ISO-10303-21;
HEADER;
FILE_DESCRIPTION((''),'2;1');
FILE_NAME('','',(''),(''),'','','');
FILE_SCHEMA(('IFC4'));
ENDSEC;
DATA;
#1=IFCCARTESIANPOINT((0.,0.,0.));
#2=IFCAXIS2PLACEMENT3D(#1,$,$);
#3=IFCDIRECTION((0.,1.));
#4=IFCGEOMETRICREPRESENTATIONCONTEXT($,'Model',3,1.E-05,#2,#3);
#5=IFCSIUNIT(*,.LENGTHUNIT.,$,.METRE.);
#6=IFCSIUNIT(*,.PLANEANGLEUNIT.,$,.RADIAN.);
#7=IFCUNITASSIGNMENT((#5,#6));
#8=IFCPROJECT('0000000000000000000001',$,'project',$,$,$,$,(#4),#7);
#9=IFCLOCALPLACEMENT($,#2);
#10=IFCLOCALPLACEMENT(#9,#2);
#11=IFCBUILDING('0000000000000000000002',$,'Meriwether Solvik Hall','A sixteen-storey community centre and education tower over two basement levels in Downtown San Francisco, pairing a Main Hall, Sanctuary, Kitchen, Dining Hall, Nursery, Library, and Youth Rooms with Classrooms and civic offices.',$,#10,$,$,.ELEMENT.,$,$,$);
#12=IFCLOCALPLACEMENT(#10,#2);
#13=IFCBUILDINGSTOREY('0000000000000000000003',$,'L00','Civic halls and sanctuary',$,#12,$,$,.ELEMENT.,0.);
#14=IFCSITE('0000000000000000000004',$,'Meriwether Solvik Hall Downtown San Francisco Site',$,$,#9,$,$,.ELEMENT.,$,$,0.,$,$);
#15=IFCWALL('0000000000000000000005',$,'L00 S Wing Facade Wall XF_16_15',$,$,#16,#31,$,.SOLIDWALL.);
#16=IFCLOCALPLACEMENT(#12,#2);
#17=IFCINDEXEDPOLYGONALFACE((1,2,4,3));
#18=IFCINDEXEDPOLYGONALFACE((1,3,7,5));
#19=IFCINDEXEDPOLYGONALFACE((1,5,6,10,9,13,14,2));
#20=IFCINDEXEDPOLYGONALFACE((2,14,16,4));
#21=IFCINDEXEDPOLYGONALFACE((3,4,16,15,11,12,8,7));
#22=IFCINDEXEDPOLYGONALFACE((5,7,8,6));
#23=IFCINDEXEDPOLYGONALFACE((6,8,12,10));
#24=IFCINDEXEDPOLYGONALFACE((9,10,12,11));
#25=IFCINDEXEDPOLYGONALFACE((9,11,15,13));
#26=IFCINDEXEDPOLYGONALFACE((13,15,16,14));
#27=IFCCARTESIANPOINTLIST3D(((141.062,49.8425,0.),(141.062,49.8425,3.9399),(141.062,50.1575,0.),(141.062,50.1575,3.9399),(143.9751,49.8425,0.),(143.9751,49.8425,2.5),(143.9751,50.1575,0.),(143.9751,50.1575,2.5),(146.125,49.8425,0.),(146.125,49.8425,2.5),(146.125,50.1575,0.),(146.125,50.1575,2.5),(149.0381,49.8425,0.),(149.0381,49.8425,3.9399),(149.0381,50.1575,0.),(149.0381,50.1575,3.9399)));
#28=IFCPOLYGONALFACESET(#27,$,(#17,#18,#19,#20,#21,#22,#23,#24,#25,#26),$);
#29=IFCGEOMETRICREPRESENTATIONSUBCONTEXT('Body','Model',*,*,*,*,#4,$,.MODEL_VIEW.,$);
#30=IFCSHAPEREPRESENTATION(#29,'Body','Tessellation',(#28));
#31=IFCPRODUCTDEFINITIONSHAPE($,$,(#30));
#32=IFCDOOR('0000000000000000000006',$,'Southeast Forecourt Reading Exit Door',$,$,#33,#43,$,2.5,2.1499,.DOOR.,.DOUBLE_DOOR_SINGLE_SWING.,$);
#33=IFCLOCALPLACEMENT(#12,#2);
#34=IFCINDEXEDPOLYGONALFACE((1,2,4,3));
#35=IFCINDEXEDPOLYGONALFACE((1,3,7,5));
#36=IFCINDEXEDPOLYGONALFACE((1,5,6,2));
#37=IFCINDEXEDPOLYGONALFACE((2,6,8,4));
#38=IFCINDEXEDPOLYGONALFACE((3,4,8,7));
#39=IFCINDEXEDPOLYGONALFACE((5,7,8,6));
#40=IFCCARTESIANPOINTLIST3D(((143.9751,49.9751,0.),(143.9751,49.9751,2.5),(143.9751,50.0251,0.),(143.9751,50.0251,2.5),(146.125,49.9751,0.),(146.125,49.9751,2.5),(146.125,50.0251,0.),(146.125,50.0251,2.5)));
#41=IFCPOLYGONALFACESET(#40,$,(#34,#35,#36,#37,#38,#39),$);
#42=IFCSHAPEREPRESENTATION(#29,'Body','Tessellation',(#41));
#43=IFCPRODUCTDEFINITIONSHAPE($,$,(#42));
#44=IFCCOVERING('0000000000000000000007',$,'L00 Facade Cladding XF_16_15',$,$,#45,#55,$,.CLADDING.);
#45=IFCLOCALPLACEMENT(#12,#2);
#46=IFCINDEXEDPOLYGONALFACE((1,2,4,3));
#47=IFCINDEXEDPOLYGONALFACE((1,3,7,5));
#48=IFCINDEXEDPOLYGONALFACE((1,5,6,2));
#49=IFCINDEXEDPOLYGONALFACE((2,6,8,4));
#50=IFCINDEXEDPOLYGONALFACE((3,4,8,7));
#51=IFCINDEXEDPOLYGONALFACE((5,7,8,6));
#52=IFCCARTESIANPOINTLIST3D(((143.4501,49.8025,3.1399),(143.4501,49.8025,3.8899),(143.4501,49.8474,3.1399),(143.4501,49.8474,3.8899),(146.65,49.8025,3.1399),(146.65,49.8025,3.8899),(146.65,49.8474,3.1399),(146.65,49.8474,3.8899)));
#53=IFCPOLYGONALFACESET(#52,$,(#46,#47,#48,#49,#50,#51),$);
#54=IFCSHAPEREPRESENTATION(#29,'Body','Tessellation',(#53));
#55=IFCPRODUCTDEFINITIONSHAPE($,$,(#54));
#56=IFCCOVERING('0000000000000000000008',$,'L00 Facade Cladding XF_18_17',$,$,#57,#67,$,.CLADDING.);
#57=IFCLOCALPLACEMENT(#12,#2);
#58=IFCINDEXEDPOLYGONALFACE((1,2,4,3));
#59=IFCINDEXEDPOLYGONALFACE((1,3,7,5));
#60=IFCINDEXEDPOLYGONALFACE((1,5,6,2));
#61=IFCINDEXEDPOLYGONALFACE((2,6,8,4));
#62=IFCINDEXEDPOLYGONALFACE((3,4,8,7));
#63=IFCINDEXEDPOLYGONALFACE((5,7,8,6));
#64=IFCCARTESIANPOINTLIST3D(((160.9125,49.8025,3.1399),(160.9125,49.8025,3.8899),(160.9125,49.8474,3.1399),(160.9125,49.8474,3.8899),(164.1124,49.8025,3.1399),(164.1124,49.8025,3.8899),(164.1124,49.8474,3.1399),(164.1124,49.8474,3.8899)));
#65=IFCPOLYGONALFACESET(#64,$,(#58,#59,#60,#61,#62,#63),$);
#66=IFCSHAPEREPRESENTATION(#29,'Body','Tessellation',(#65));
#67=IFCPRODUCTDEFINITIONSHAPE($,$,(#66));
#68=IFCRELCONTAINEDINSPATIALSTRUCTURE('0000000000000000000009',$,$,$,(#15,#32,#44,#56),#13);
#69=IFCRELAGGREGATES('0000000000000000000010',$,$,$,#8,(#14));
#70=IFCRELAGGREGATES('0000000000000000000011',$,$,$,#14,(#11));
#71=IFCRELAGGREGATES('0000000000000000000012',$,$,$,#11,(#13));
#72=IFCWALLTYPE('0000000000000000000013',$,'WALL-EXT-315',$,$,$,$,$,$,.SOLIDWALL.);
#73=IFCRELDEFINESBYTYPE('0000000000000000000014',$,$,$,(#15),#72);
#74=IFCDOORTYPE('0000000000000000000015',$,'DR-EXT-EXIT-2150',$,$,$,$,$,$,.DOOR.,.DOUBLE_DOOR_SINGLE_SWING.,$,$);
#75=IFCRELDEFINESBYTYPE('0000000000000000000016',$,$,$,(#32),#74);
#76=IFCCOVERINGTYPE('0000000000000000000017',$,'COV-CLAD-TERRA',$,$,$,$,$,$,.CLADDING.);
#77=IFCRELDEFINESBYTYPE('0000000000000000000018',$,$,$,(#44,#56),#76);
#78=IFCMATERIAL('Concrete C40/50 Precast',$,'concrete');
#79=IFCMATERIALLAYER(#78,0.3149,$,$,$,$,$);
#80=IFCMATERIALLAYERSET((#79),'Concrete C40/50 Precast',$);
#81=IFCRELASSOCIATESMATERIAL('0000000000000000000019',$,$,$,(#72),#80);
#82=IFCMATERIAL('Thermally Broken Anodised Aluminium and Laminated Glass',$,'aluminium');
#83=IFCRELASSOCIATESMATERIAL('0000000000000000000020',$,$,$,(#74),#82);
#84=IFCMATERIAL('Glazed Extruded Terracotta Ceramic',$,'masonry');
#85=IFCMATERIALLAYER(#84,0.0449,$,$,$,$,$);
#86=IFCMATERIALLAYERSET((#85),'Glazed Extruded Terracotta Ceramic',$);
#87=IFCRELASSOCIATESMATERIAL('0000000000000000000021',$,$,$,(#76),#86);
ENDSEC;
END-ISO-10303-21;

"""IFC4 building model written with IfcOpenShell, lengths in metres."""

from ifc_helpers import new_model, si_unit, direction, frame, frame_2d, origin, origin_2d, place, context, subcontext, project, spatial, rectangle, extrude, material, layer, layer_set, type_object, element, fill, save


model = new_model("IFC4")

# Units and contexts
model_context = context("Model", 3, precision=1e-05, world=origin(), true_north=direction((0.0, 1.0)))
body_context = subcontext(model_context, "Body", "Model", "MODEL_VIEW")
ifc_project = project(units=[si_unit("LENGTHUNIT", "METRE"), si_unit("PLANEANGLEUNIT", "RADIAN")], contexts=[model_context])

# Site, building, storey
site_placement = place(None, origin())
site = spatial("IfcSite", under=ifc_project, at=site_placement, Name="Meriwether Solvik Hall Downtown San Francisco Site", CompositionType="ELEMENT", RefElevation=0.0)
building_placement = place(site_placement, origin())
building = spatial("IfcBuilding", under=site, at=building_placement, Name="Meriwether Solvik Hall", Description="A sixteen-storey community centre and education tower over two basement levels in Downtown San Francisco, pairing a Main Hall, Sanctuary, Kitchen, Dining Hall, Nursery, Library, and Youth Rooms with Classrooms and civic offices.", CompositionType="ELEMENT")
storey_placement = place(building_placement, origin())
storey = spatial("IfcBuildingStorey", under=building, at=storey_placement, Name="L00", Description="Civic halls and sanctuary", CompositionType="ELEMENT", Elevation=0.0)

# Wall, opening, door
ifc_material_1 = material(Name="Concrete C40/50 Precast", Category="concrete")
ifc_layer_1 = layer(ifc_material_1, 0.3149)
ifc_layer_set_1 = layer_set([ifc_layer_1], Name="Concrete C40/50 Precast")
wall_type = type_object("IfcWallType", Name="WALL-EXT-315", PredefinedType="SOLIDWALL", material=ifc_layer_set_1)
wall_placement = place(storey_placement, frame((149.0381, 50.0, 0.0), z_axis=(0.0, 0.0, 1.0), x_axis=(-1.0, 0.0, 0.0)))
wall = element("IfcWall", 1, at=wall_placement, inside=storey, type_object=wall_type, Name="L00 S Wing Facade Wall XF_16_15", PredefinedType="SOLIDWALL", context=body_context, shape_type="SweptSolid", body=[
    extrude(rectangle(XDim=7.9761, YDim=0.3149, at=frame_2d((3.988, 0.0))), origin(), (0.0, 0.0, 1.0), 3.9399),
])
opening_placement = place(wall_placement, frame((2.9131, 0.0, 0.0)))
opening = element("IfcOpeningElement", 2, at=opening_placement, cuts=wall, PredefinedType="OPENING", context=body_context, shape_type="SweptSolid", body=[
    extrude(rectangle(XDim=2.1499, YDim=2.5, at=frame_2d((1.075, 1.25))), frame((0.0, 0.1694, 0.0), z_axis=(0.0, -1.0, 0.0), x_axis=(1.0, 0.0, 0.0)), (0.0, 0.0, 1.0), 0.3389),
])
ifc_material_2 = material(Name="Thermally Broken Anodised Aluminium and Laminated Glass", Category="aluminium")
door_type = type_object("IfcDoorType", Name="DR-EXT-EXIT-2150", OperationType="DOUBLE_DOOR_SINGLE_SWING", PredefinedType="DOOR", material=ifc_material_2)
door_placement = place(opening_placement, origin())
door = element("IfcDoor", 3, at=door_placement, inside=storey, type_object=door_type, Name="Southeast Forecourt Reading Exit Door", OperationType="DOUBLE_DOOR_SINGLE_SWING", OverallHeight=2.5, OverallWidth=2.1499, PredefinedType="DOOR", context=body_context, shape_type="SweptSolid", body=[
    extrude(rectangle(XDim=2.1499, YDim=2.5, at=frame_2d((1.075, 1.25))), frame((0.0, 0.0249, 0.0), z_axis=(0.0, -1.0, 0.0), x_axis=(1.0, 0.0, 0.0)), (0.0, 0.0, 1.0), 0.05),
])
fill(opening, door)

# Coverings
ifc_material_3 = material(Name="Glazed Extruded Terracotta Ceramic", Category="masonry")
ifc_layer_2 = layer(ifc_material_3, 0.0449)
ifc_layer_set_2 = layer_set([ifc_layer_2], Name="Glazed Extruded Terracotta Ceramic")
covering_type = type_object("IfcCoveringType", Name="COV-CLAD-TERRA", PredefinedType="CLADDING", material=ifc_layer_set_2)
for number, where, z_axis, x_axis, name in (
    (4, (145.05, 49.825, 3.1399), (0.0, 0.0, 1.0), (-1.0, 0.0, 0.0), "L00 Facade Cladding XF_16_15"),
    (5, (162.5125, 49.825, 3.1399), (0.0, 0.0, 1.0), (-1.0, 0.0, 0.0), "L00 Facade Cladding XF_18_17"),
):
    element("IfcCovering", number, at=place(storey_placement, frame(where, z_axis=z_axis, x_axis=x_axis)), inside=storey, type_object=covering_type, Name=name, PredefinedType="CLADDING", context=body_context, shape_type="SweptSolid", body=[
        extrude(rectangle(XDim=3.2, YDim=0.0449, at=origin_2d()), origin(), (0.0, 0.0, 1.0), 0.75),
    ])

save(model, "model.ifc")
